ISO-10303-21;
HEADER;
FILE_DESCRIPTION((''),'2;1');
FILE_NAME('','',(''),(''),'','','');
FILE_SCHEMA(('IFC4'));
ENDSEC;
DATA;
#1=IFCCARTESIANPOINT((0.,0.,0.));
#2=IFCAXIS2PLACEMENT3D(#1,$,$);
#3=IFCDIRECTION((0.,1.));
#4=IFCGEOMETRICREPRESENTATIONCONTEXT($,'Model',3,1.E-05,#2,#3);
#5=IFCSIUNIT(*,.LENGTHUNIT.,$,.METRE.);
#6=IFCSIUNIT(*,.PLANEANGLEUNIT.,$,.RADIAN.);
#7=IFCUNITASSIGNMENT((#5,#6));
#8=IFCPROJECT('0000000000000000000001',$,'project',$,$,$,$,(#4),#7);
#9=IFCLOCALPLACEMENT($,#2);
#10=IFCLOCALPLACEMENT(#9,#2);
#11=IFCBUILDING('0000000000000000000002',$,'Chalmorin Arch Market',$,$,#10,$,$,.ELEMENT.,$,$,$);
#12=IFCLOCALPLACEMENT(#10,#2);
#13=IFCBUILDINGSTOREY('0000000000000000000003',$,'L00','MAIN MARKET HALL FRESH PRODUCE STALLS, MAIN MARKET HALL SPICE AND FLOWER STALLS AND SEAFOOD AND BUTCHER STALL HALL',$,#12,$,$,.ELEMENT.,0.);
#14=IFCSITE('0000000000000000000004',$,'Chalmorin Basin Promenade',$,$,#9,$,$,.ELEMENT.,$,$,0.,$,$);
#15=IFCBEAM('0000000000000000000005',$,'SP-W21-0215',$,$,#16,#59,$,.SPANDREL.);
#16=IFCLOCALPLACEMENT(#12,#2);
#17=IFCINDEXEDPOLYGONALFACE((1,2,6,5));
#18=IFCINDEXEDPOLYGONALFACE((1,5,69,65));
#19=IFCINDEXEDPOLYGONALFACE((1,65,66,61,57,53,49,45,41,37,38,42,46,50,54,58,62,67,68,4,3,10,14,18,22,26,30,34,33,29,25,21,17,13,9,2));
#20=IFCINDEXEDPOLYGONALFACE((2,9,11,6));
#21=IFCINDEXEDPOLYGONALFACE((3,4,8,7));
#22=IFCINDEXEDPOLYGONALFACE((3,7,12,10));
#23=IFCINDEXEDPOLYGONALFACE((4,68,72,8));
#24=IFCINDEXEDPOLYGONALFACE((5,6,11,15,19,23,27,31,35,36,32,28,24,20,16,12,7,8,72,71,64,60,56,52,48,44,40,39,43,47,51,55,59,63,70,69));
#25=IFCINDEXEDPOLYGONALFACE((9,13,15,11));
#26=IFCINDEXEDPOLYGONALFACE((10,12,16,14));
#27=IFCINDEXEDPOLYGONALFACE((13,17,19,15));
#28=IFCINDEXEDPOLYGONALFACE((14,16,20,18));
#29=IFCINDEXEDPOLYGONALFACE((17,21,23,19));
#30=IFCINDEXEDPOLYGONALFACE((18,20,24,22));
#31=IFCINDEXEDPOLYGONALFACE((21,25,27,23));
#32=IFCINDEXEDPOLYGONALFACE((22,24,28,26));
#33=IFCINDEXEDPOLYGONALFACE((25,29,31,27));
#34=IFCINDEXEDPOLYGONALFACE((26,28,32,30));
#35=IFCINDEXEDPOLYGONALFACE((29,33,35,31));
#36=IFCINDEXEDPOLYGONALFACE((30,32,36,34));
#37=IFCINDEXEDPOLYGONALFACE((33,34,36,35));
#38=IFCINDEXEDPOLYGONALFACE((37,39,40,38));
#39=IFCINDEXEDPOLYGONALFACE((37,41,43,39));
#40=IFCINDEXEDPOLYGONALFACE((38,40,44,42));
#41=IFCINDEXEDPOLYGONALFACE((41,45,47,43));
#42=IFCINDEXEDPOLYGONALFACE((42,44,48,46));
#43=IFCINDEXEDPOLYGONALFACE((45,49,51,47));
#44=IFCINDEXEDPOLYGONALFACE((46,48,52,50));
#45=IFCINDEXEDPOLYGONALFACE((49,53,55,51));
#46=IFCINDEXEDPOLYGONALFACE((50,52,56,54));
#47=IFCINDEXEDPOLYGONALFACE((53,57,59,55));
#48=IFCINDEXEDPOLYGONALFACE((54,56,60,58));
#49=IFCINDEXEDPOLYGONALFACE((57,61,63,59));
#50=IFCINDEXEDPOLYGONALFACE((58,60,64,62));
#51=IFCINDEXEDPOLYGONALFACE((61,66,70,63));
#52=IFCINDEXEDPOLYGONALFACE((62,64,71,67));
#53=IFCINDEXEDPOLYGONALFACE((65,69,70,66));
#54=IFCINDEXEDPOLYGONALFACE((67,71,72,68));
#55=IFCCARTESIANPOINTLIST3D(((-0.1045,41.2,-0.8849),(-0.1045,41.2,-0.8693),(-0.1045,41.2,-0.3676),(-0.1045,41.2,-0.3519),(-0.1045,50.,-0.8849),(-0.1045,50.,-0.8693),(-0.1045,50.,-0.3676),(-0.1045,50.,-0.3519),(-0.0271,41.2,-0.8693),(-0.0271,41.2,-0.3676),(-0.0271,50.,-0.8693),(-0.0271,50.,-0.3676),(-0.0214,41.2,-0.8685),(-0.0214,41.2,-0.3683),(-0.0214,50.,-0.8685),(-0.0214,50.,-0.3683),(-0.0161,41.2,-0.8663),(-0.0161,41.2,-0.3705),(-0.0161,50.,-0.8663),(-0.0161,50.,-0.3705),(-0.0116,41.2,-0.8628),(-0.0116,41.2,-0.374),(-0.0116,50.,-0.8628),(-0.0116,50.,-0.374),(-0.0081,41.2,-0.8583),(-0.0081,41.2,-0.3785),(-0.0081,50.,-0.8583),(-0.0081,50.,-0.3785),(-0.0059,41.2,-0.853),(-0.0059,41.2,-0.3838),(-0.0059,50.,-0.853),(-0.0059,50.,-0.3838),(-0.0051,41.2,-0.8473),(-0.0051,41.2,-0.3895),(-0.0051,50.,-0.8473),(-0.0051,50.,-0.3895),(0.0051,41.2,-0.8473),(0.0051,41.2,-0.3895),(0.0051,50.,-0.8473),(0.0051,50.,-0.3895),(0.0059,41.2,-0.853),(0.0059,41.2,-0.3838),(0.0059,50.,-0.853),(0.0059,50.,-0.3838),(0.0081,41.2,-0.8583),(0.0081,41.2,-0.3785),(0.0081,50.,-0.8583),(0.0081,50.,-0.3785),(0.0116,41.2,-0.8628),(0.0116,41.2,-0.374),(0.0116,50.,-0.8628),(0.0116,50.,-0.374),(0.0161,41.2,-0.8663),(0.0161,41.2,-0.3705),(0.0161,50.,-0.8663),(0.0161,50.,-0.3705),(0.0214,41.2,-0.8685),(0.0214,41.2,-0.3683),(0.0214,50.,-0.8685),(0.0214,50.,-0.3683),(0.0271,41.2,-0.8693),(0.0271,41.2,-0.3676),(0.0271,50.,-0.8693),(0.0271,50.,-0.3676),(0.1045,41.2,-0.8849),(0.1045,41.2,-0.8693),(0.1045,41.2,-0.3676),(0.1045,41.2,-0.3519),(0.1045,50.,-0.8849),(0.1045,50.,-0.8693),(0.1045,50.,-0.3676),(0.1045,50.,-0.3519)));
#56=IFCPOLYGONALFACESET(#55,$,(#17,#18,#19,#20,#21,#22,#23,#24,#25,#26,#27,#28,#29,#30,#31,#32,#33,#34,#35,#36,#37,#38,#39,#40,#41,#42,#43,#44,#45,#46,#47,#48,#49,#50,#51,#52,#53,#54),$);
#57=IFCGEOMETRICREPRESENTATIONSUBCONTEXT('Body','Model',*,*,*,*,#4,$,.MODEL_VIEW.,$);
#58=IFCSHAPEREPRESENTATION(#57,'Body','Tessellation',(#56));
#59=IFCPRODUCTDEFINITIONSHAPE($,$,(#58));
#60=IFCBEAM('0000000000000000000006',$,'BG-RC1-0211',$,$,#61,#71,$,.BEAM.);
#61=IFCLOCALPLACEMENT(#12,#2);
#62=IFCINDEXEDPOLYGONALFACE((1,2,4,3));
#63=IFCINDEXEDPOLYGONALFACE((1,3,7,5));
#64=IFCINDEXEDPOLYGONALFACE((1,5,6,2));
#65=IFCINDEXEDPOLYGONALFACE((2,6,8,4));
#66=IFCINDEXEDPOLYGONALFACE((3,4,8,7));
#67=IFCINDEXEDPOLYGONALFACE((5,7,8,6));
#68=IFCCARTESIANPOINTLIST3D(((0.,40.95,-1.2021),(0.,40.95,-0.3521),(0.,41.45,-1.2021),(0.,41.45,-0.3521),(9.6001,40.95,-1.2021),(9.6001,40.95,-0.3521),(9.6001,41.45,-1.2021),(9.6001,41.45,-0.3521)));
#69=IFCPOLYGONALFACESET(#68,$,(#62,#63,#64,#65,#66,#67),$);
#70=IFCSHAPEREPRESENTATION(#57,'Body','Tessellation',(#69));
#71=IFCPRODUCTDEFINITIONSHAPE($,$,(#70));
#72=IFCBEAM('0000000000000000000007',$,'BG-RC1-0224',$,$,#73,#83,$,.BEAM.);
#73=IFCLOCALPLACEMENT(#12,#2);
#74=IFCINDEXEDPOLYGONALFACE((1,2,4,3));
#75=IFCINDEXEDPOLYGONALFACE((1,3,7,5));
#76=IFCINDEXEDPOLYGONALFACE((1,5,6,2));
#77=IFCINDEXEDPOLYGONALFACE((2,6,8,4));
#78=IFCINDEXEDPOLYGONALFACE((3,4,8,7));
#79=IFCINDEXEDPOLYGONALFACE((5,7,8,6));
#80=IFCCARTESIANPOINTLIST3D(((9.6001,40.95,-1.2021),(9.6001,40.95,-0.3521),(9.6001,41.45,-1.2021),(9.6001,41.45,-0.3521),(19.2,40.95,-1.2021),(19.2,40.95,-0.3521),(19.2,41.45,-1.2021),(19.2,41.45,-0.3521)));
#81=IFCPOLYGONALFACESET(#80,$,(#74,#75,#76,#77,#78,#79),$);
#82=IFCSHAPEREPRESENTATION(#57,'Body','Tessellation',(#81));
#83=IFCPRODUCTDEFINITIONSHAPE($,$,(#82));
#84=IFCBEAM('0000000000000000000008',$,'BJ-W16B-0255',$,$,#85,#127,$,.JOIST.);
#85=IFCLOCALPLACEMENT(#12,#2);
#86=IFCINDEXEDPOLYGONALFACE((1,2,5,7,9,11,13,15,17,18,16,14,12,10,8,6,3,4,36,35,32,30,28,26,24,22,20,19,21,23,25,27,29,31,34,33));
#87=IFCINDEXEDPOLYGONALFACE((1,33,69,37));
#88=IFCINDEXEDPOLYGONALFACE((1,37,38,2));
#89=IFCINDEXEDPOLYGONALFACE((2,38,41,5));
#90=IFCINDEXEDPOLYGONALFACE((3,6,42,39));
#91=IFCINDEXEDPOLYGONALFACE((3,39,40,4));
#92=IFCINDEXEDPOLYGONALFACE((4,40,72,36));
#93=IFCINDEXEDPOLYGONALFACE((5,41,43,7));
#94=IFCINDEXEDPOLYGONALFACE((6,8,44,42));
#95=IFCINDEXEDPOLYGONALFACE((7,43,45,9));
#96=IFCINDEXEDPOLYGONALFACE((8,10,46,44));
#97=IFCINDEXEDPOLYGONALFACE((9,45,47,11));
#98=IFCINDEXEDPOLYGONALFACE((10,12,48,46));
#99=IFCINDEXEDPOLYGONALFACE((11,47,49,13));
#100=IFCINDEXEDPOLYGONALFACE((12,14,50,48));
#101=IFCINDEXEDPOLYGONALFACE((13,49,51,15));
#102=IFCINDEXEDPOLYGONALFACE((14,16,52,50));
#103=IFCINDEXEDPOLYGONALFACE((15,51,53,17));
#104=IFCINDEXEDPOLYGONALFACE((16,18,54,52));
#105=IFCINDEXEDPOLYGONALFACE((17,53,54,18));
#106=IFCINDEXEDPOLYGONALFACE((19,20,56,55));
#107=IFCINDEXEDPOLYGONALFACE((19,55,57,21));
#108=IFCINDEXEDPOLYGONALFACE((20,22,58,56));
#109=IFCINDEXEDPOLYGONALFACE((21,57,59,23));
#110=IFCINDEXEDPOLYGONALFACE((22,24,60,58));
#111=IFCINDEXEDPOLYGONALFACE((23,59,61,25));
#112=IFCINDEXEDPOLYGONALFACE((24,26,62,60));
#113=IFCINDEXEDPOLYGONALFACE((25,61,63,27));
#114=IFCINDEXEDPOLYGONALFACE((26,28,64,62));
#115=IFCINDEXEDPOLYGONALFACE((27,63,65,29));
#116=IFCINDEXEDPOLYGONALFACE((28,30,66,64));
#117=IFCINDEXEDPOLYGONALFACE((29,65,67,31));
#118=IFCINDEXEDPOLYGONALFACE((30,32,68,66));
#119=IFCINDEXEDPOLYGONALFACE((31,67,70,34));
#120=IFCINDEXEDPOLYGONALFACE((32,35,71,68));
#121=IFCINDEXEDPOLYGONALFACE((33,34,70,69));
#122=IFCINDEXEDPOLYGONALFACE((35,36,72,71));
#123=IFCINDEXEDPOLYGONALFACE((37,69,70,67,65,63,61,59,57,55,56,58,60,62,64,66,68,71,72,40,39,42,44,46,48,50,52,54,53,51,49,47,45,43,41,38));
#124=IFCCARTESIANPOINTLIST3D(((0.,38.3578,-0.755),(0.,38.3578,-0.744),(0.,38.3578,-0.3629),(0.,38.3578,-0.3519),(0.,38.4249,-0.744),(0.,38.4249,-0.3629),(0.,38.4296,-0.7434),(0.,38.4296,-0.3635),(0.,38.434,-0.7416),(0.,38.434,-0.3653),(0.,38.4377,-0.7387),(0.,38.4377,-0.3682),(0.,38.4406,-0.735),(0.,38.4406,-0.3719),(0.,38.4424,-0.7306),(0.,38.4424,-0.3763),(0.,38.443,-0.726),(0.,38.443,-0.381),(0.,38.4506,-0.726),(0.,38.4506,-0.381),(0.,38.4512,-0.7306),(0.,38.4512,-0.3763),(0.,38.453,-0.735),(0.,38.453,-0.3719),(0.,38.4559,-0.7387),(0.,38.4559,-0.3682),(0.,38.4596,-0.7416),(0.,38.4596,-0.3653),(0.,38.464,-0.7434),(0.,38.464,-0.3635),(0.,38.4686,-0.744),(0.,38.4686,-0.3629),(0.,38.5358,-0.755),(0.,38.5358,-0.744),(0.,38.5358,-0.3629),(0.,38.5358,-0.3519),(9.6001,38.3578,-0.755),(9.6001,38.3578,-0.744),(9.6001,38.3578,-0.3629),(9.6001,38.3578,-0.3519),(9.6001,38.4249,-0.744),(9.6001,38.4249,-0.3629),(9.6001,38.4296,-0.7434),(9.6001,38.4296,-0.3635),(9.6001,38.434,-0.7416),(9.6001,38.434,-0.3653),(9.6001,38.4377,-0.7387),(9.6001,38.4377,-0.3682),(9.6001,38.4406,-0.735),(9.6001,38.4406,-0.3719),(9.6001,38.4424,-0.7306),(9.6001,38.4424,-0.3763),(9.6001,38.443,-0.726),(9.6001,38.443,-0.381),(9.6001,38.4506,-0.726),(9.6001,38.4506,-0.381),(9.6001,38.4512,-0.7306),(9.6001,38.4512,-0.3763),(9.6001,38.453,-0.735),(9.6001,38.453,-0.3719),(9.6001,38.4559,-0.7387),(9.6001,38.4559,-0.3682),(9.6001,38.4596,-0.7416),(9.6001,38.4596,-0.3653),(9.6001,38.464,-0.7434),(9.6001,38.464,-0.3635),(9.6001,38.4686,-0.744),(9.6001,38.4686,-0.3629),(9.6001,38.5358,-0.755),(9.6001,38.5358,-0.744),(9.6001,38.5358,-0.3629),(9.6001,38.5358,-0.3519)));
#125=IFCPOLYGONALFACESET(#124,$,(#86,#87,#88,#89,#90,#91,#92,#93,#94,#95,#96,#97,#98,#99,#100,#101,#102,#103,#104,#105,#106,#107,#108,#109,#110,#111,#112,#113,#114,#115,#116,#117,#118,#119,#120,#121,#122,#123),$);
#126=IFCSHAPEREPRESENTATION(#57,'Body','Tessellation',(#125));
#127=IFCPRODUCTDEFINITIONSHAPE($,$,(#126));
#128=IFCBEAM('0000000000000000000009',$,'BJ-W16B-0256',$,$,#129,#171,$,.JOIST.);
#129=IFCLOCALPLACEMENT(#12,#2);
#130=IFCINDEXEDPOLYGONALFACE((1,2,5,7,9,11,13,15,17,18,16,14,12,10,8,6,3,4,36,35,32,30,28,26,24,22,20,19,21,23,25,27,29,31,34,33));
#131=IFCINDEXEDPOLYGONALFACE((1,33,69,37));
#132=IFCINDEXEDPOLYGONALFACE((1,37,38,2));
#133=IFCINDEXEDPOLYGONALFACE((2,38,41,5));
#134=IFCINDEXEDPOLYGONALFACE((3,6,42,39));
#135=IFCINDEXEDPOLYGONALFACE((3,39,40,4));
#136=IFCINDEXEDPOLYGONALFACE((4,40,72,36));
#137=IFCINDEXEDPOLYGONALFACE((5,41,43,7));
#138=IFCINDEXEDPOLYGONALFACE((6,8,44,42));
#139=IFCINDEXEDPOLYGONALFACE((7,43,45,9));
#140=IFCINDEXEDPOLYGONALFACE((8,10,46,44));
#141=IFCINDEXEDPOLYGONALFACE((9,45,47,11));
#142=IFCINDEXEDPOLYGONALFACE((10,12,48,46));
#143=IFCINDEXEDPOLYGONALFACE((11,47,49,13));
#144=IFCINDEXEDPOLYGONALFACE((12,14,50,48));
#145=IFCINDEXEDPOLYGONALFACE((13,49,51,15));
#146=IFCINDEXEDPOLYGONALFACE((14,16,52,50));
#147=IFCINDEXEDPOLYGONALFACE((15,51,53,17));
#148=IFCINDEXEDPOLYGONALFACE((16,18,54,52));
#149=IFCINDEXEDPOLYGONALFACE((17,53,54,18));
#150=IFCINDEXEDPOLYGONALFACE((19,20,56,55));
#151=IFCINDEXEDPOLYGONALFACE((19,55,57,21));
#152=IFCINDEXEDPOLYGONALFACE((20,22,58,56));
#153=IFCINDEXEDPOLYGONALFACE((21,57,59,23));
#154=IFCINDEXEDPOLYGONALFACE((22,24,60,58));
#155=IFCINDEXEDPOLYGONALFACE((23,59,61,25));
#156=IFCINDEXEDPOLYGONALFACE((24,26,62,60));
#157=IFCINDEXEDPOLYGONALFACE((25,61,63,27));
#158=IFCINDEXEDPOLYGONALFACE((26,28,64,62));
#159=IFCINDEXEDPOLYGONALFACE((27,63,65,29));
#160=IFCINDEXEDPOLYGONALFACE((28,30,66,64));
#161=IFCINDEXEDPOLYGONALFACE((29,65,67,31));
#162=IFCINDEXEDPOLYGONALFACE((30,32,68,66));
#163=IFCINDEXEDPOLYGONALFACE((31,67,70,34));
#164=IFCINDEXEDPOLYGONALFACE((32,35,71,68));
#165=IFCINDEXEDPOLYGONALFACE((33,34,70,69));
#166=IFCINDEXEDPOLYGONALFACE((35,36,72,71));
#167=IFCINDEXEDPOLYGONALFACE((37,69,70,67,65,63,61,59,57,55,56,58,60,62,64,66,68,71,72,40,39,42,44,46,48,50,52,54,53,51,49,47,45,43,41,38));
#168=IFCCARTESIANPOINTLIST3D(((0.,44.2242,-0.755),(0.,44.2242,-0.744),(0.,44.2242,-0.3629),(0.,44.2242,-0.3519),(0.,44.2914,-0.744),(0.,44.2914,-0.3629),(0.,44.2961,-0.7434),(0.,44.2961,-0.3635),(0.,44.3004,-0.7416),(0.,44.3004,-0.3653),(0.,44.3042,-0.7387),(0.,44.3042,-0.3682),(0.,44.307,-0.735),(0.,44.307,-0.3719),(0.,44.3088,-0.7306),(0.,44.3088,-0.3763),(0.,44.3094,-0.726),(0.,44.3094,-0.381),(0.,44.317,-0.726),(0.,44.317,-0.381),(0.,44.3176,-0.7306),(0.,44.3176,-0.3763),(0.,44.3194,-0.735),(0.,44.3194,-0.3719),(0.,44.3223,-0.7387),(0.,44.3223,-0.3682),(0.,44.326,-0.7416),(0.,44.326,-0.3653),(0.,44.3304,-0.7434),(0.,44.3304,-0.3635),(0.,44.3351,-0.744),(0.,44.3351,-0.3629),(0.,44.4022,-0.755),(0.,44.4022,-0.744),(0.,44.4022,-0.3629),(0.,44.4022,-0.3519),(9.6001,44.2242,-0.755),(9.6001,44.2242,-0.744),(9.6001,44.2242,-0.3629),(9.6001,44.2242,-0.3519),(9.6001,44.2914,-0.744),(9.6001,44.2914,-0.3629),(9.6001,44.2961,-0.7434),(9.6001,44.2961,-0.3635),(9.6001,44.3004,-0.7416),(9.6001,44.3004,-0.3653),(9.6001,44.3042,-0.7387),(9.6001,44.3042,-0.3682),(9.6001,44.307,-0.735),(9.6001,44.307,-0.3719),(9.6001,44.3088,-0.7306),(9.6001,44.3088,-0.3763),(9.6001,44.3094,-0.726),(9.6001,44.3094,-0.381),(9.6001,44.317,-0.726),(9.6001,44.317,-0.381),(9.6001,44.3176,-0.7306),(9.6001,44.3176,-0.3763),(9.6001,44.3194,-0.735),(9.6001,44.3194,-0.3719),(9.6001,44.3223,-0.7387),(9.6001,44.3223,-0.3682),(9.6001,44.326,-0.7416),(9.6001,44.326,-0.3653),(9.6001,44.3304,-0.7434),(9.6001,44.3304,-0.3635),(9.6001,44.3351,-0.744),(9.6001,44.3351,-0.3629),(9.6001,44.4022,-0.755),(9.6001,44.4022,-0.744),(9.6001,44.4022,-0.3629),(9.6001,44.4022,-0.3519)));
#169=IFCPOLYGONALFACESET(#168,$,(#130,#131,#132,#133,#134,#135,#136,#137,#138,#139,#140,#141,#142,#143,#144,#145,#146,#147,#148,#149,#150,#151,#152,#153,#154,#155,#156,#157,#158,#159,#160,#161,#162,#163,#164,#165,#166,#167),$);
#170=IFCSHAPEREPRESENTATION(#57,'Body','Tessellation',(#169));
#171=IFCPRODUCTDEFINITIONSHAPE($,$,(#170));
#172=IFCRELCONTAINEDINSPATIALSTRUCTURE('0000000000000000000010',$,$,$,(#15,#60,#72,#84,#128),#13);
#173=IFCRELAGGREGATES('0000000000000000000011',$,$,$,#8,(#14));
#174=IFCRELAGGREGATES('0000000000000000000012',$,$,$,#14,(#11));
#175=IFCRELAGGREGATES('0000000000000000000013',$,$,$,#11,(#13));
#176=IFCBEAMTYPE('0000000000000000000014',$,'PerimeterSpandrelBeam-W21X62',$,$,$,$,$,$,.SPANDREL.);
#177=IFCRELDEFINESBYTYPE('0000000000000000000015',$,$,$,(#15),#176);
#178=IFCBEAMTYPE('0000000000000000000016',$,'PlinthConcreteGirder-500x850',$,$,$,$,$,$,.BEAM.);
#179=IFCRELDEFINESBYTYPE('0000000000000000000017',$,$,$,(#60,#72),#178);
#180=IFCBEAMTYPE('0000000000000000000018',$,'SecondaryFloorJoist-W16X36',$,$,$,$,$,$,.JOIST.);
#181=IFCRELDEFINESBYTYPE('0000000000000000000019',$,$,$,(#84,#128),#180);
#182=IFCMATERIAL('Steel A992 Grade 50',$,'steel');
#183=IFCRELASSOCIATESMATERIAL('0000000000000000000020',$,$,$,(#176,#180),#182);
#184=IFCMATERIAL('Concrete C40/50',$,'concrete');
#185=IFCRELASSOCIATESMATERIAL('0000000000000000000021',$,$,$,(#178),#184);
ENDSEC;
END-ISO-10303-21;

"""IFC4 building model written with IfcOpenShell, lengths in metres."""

from ifc_helpers import new_model, si_unit, direction, frame, origin, origin_2d, place, context, subcontext, project, spatial, rectangle, i_section, extrude, material, material_profile, profile_set, type_object, element, save


model = new_model("IFC4")

# Units and contexts
model_context = context("Model", 3, precision=1e-05, world=origin(), true_north=direction((0.0, 1.0)))
body_context = subcontext(model_context, "Body", "Model", "MODEL_VIEW")
ifc_project = project(units=[si_unit("LENGTHUNIT", "METRE"), si_unit("PLANEANGLEUNIT", "RADIAN")], contexts=[model_context])

# Site, building, storey
site_placement = place(None, origin())
site = spatial("IfcSite", under=ifc_project, at=site_placement, Name="Chalmorin Basin Promenade", CompositionType="ELEMENT", RefElevation=0.0)
building_placement = place(site_placement, origin())
building = spatial("IfcBuilding", under=site, at=building_placement, Name="Chalmorin Arch Market", CompositionType="ELEMENT")
storey_placement = place(building_placement, origin())
storey = spatial("IfcBuildingStorey", under=building, at=storey_placement, Name="L00", Description="MAIN MARKET HALL FRESH PRODUCE STALLS, MAIN MARKET HALL SPICE AND FLOWER STALLS AND SEAFOOD AND BUTCHER STALL HALL", CompositionType="ELEMENT", Elevation=0.0)

# Shared definitions
ifc_material_1 = material(Name="Concrete C40/50", Category="concrete")

# Beams
ifc_material_2 = material(Name="Steel A992 Grade 50", Category="steel")
ifc_material_profile_1 = material_profile(ifc_material_2, i_section(OverallWidth=0.209, OverallDepth=0.533, WebThickness=0.0103, FlangeThickness=0.0156, FilletRadius=0.022, at=origin_2d()), Name="W21X62")
ifc_profile_set_1 = profile_set([ifc_material_profile_1], Name="Steel A992 Grade 50")
beam_type_1 = type_object("IfcBeamType", Name="PerimeterSpandrelBeam-W21X62", PredefinedType="SPANDREL", material=ifc_profile_set_1)
beam_1_placement = place(storey_placement, frame((0.0, 41.2, -0.6184), z_axis=(0.0, 1.0, 0.0), x_axis=(-1.0, 0.0, 0.0)))
element("IfcBeam", 1, at=beam_1_placement, inside=storey, type_object=beam_type_1, Name="SP-W21-0215", PredefinedType="SPANDREL", context=body_context, shape_type="SweptSolid", body=[
    extrude(i_section(OverallWidth=0.209, OverallDepth=0.533, WebThickness=0.0103, FlangeThickness=0.0156, FilletRadius=0.022, at=origin_2d()), origin(), (0.0, 0.0, 1.0), 8.8),
])
ifc_material_profile_2 = material_profile(ifc_material_1, rectangle(XDim=0.5, YDim=0.8501, at=origin_2d()), Name="RC500X850")
ifc_profile_set_2 = profile_set([ifc_material_profile_2], Name="Concrete C40/50")
beam_type_2 = type_object("IfcBeamType", Name="PlinthConcreteGirder-500x850", PredefinedType="BEAM", material=ifc_profile_set_2)
beam_2_placement = place(storey_placement, frame((0.0, 41.2, -0.7771), z_axis=(1.0, 0.0, 0.0), x_axis=(0.0, 1.0, 0.0)))
element("IfcBeam", 2, at=beam_2_placement, inside=storey, type_object=beam_type_2, Name="BG-RC1-0211", PredefinedType="BEAM", context=body_context, shape_type="SweptSolid", body=[
    extrude(rectangle(XDim=0.5, YDim=0.8501, at=origin_2d()), origin(), (0.0, 0.0, 1.0), 9.6001),
])
beam_3_placement = place(storey_placement, frame((9.6001, 41.2, -0.7771), z_axis=(1.0, 0.0, 0.0), x_axis=(0.0, 1.0, 0.0)))
element("IfcBeam", 3, at=beam_3_placement, inside=storey, type_object=beam_type_2, Name="BG-RC1-0224", PredefinedType="BEAM", context=body_context, shape_type="SweptSolid", body=[
    extrude(rectangle(XDim=0.5, YDim=0.8501, at=origin_2d()), origin(), (0.0, 0.0, 1.0), 9.5999),
])
ifc_material_profile_3 = material_profile(ifc_material_2, i_section(OverallWidth=0.178, OverallDepth=0.4031, WebThickness=0.0076, FlangeThickness=0.011, FilletRadius=0.0181, at=origin_2d()), Name="W16X36")
ifc_profile_set_3 = profile_set([ifc_material_profile_3], Name="Steel A992 Grade 50")
beam_type_3 = type_object("IfcBeamType", Name="SecondaryFloorJoist-W16X36", PredefinedType="JOIST", material=ifc_profile_set_3)
for number, where, z_axis, x_axis, name in (
    (4, (0.0, 38.4468, -0.5535), (1.0, 0.0, 0.0), (0.0, 1.0, 0.0), "BJ-W16B-0255"),
    (5, (0.0, 44.3132, -0.5535), (1.0, 0.0, 0.0), (0.0, 1.0, 0.0), "BJ-W16B-0256"),
):
    element("IfcBeam", number, at=place(storey_placement, frame(where, z_axis=z_axis, x_axis=x_axis)), inside=storey, type_object=beam_type_3, Name=name, PredefinedType="JOIST", context=body_context, shape_type="SweptSolid", body=[
        extrude(i_section(OverallWidth=0.178, OverallDepth=0.4031, WebThickness=0.0076, FlangeThickness=0.011, FilletRadius=0.0181, at=origin_2d()), origin(), (0.0, 0.0, 1.0), 9.6001),
    ])

save(model, "model.ifc")
